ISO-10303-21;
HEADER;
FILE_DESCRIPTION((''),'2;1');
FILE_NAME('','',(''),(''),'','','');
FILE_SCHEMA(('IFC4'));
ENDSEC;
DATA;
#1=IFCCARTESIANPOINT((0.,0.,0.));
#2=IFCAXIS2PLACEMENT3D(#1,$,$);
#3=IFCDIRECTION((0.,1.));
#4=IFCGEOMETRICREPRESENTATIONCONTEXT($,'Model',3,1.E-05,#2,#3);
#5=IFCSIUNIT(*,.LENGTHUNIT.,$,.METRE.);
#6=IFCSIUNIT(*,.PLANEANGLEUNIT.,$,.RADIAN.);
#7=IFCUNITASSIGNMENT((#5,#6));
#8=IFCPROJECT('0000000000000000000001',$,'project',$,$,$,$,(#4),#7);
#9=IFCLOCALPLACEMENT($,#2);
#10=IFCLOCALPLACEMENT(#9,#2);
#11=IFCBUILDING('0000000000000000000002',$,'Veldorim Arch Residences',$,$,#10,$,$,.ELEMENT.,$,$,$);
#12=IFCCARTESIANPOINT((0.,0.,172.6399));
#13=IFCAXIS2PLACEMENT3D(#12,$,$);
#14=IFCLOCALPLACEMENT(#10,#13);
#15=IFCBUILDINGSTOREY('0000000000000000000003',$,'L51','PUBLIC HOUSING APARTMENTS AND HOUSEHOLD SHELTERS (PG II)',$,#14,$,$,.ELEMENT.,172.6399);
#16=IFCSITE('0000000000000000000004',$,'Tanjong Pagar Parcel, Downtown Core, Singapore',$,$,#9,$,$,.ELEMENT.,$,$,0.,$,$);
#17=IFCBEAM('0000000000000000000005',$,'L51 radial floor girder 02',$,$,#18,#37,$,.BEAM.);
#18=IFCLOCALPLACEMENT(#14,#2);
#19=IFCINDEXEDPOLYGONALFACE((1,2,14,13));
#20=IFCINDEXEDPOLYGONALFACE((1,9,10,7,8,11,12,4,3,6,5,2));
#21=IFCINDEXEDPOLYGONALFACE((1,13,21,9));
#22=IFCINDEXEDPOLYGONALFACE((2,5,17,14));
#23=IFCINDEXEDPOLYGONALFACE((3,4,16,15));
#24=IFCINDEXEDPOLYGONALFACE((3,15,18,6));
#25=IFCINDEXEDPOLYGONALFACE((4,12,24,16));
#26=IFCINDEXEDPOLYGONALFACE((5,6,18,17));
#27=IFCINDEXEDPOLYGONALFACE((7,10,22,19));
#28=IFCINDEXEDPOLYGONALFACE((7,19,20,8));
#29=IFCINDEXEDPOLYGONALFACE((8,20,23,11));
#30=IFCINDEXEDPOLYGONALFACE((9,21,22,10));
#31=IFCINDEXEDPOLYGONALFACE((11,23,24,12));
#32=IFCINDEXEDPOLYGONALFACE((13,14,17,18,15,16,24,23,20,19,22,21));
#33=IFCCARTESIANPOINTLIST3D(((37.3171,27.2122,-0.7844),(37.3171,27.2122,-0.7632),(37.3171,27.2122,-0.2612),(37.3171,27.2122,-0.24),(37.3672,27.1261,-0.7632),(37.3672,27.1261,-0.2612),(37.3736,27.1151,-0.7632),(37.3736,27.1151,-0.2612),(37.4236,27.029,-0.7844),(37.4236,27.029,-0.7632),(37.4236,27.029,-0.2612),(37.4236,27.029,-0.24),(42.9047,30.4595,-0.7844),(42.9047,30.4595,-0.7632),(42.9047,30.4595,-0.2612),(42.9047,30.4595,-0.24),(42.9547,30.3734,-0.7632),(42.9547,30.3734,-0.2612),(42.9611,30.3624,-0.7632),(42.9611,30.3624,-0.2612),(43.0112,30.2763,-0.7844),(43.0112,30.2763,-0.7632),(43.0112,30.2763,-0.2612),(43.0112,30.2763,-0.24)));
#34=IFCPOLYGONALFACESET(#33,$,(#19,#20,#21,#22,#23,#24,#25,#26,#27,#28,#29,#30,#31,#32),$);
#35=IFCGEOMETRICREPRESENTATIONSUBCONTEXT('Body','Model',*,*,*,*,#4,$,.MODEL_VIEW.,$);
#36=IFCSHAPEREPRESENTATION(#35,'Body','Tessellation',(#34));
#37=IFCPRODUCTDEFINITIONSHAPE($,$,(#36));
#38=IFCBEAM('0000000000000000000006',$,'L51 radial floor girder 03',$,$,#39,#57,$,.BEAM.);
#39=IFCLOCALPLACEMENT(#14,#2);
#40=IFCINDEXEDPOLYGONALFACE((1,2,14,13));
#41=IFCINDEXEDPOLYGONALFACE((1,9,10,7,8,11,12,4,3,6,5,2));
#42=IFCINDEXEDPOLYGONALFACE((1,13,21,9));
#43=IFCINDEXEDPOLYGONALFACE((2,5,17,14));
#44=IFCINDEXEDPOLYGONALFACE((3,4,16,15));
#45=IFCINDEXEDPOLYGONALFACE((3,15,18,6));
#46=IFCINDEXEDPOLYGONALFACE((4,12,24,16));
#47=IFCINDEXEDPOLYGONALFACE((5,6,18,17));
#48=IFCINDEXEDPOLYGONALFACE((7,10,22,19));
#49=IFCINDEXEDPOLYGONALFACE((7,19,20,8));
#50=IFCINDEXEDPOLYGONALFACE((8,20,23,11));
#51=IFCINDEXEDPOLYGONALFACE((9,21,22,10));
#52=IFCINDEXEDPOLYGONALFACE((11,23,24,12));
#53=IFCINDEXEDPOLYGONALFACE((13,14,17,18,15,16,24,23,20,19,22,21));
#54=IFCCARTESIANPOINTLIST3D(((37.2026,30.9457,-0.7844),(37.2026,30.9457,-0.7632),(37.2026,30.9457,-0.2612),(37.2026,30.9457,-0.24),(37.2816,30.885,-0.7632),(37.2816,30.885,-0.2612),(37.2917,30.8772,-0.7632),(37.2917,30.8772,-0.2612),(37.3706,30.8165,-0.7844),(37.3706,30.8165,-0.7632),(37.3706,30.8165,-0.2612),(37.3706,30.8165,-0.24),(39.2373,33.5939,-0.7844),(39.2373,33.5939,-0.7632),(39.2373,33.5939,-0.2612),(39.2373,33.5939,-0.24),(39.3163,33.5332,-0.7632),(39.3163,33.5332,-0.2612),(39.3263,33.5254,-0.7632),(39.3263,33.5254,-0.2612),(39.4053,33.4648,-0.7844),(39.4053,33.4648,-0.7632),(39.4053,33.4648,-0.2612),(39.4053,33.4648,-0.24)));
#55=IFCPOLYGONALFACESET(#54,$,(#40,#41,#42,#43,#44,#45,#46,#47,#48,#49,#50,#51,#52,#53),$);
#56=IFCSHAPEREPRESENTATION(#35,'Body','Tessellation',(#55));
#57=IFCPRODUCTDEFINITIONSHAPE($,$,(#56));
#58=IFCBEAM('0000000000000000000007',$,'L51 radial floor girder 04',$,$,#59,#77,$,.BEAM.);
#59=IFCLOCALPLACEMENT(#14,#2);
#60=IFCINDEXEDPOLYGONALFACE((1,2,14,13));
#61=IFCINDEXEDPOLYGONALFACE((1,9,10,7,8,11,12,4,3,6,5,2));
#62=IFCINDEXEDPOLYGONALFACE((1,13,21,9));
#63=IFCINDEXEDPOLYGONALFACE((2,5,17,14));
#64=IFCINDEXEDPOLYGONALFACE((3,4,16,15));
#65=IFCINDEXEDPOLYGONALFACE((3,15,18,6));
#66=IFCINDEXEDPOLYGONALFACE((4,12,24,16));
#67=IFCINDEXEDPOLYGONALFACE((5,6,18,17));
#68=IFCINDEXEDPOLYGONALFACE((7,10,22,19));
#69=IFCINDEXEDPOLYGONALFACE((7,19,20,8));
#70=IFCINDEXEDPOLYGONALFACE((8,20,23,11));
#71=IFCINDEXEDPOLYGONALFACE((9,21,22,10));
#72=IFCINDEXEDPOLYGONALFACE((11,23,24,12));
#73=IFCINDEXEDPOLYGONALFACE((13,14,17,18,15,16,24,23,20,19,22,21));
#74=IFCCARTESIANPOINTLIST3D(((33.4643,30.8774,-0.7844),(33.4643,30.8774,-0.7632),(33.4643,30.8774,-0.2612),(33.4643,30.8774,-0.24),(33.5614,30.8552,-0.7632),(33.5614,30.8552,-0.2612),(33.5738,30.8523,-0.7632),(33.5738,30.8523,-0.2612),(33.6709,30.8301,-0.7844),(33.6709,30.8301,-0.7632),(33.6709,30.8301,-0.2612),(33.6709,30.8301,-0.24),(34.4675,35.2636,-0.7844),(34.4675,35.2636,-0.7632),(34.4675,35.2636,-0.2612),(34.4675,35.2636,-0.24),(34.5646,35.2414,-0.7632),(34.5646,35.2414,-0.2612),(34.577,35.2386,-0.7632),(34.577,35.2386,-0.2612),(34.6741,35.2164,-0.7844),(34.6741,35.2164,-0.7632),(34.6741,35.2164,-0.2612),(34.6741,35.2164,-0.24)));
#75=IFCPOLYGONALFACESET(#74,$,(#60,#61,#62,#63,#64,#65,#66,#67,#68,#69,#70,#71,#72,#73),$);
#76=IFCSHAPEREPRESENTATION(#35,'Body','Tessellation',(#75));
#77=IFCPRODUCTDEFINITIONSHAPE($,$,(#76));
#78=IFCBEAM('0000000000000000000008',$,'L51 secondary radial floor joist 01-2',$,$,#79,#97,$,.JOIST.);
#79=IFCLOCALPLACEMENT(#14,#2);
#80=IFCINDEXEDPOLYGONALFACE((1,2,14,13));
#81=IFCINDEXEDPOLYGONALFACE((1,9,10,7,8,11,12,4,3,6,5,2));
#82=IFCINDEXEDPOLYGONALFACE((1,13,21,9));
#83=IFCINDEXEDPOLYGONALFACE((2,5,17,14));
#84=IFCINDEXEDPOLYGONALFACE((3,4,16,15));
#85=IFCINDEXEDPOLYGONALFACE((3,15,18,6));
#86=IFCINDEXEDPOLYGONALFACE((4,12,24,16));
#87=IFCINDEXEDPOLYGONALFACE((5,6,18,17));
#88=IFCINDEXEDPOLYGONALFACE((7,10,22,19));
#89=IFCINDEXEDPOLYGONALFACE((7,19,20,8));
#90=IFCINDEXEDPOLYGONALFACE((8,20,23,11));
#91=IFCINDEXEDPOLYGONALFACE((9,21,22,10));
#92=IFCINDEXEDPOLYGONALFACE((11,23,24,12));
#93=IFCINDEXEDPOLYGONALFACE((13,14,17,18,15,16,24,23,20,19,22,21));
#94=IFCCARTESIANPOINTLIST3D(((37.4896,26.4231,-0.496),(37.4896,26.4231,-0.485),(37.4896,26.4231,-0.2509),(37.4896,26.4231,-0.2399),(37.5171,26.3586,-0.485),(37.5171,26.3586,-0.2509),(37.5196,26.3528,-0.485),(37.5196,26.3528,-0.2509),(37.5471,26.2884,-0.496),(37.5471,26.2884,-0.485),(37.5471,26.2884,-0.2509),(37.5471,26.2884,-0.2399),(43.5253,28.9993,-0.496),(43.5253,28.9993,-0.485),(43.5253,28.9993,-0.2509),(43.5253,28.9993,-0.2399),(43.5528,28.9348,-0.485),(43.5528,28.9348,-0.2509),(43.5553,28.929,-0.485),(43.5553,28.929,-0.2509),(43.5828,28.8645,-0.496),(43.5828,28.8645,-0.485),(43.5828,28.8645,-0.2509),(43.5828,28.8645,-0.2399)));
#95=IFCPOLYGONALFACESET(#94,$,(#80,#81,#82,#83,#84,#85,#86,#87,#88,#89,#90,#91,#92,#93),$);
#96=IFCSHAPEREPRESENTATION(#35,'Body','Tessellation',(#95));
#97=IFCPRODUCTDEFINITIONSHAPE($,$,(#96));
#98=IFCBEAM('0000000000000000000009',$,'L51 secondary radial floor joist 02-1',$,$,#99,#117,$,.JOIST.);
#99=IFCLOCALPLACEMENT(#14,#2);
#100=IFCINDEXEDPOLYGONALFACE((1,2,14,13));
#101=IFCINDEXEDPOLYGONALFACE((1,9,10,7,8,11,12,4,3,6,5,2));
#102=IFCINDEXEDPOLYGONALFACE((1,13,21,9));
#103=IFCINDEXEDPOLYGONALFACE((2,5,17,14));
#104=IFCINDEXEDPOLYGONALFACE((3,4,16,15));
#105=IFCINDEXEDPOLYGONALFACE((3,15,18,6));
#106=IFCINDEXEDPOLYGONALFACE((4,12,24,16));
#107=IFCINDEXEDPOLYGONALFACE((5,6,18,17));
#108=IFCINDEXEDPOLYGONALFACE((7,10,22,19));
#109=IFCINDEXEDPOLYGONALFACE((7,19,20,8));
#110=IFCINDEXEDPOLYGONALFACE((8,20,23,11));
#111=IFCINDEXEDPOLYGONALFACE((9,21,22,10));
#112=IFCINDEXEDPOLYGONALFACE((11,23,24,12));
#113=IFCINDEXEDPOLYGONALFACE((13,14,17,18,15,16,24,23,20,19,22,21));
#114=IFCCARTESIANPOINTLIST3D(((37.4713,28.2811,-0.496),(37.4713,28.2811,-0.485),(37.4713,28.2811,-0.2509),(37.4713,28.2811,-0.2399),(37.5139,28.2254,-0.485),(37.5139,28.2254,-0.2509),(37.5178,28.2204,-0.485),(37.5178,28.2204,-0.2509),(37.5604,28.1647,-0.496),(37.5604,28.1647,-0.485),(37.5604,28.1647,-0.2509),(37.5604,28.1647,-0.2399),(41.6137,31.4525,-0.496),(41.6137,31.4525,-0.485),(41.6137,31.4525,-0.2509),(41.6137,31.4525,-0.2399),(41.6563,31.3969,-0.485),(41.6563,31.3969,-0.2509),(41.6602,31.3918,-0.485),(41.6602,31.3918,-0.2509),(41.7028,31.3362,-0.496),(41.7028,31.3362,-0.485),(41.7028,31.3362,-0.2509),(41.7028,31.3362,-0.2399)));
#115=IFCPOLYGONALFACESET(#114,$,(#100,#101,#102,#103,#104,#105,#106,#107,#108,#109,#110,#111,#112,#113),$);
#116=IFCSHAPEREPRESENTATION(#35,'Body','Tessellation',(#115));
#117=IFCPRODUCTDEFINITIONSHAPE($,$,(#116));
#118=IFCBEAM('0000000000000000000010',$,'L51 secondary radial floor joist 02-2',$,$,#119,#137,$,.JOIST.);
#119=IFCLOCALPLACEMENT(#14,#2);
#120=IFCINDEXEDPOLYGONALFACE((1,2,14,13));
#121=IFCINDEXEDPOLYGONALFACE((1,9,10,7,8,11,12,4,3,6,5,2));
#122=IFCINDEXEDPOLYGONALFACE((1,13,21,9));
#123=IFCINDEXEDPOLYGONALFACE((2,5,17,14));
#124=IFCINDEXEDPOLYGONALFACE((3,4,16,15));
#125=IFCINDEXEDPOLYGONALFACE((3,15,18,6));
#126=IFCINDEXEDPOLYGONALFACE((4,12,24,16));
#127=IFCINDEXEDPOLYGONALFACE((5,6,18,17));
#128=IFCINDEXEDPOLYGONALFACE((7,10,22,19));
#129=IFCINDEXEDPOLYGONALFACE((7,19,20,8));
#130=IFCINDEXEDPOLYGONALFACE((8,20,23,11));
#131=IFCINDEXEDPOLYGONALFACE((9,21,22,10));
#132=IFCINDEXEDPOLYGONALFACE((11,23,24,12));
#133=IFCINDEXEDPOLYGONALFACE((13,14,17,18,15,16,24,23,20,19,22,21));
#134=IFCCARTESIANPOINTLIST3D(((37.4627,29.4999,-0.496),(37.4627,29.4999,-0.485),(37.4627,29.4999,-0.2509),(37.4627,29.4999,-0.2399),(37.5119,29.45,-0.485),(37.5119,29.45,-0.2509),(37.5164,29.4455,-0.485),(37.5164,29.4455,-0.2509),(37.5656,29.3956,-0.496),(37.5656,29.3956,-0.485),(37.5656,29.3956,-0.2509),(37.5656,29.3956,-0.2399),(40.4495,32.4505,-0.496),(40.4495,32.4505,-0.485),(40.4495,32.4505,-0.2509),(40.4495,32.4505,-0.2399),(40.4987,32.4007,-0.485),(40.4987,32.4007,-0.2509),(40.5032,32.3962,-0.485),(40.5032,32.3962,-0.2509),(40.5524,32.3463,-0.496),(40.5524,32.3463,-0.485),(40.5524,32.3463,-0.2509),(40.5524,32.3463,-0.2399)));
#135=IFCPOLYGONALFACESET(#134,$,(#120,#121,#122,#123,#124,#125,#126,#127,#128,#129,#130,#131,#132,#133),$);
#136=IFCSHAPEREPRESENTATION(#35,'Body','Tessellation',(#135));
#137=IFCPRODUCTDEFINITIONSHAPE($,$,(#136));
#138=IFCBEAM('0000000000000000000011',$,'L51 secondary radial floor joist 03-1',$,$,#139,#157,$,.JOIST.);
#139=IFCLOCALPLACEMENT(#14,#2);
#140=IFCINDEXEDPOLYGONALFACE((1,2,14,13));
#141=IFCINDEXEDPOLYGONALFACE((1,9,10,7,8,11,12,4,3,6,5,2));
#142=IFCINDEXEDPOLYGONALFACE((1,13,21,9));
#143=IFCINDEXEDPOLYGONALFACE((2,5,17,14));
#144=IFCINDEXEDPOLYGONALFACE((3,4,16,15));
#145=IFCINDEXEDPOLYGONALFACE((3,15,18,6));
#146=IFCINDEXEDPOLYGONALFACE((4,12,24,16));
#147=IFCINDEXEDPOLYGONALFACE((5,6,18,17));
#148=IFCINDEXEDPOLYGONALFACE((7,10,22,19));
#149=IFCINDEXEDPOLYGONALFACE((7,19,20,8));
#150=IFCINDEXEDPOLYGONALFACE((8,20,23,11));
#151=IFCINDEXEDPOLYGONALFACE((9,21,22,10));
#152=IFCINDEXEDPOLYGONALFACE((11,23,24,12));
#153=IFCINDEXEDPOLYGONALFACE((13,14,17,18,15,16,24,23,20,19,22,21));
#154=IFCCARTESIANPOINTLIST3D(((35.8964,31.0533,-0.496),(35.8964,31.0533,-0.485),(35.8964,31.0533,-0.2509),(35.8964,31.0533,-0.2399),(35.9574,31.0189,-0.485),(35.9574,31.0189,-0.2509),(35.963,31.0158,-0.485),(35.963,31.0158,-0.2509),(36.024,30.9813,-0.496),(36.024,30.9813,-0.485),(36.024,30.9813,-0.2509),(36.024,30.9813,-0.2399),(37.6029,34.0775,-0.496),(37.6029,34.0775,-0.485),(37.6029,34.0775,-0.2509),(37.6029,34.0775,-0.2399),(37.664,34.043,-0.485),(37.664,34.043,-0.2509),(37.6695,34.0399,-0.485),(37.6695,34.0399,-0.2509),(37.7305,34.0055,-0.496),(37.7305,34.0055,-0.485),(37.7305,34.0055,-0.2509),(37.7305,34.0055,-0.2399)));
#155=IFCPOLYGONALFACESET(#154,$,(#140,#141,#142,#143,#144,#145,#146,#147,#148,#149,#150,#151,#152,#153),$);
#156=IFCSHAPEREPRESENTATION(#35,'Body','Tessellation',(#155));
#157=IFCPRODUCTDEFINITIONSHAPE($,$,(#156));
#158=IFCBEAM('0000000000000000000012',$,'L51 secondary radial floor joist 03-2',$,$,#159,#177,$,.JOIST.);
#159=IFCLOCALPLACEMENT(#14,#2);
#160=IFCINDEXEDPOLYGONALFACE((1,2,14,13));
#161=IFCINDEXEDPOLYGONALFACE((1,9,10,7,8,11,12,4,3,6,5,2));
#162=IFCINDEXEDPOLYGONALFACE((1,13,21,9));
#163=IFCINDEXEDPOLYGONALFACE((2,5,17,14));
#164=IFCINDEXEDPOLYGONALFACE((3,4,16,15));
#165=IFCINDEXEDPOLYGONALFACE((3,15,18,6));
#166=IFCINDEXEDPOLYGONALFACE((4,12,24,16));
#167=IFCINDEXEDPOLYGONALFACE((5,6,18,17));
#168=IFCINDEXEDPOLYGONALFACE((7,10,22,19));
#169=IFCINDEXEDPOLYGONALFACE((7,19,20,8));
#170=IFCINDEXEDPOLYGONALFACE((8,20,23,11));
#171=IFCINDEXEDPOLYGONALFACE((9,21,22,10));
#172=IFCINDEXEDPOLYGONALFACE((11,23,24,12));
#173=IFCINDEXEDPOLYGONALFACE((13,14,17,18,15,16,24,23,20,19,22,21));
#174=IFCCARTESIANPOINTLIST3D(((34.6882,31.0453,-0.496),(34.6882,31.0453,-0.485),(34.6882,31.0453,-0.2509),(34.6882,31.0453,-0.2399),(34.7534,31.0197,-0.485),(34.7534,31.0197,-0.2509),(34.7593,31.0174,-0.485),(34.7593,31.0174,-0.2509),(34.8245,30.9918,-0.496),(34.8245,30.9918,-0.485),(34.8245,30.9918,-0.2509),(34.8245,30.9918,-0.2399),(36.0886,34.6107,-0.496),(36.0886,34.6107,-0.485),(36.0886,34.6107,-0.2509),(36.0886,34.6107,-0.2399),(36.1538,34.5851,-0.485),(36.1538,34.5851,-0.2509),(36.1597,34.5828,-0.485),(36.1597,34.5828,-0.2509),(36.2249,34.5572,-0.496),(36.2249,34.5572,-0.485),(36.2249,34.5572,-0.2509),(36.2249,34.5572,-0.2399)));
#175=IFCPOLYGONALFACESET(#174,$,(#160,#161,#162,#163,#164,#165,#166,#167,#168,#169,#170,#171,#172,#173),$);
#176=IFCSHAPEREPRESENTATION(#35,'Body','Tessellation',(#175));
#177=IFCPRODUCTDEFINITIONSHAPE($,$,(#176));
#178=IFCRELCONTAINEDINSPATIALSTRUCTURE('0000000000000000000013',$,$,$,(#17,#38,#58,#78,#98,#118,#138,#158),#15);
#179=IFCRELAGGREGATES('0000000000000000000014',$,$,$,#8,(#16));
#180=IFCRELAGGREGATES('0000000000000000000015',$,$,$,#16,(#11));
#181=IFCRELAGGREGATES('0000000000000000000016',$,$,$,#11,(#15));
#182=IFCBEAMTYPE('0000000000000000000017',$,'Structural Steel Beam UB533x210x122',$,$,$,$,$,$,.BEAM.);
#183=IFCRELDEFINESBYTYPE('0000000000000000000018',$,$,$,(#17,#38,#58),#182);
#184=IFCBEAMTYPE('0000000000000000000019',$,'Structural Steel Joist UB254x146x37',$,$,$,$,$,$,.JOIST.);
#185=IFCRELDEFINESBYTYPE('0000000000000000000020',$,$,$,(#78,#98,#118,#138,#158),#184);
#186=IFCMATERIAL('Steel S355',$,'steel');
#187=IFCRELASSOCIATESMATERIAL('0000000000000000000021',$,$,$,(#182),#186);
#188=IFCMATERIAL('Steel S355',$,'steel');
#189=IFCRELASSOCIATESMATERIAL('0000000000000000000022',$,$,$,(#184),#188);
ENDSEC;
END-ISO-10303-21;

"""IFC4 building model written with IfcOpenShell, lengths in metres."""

from ifc_helpers import new_model, si_unit, direction, frame, origin, origin_2d, place, context, subcontext, project, spatial, i_section, extrude, material, material_profile, profile_set, type_object, element, save


model = new_model("IFC4")

# Units and contexts
model_context = context("Model", 3, precision=1e-05, world=origin(), true_north=direction((0.0, 1.0)))
body_context = subcontext(model_context, "Body", "Model", "MODEL_VIEW")
ifc_project = project(units=[si_unit("LENGTHUNIT", "METRE"), si_unit("PLANEANGLEUNIT", "RADIAN")], contexts=[model_context])

# Site, building, storey
site_placement = place(None, origin())
site = spatial("IfcSite", under=ifc_project, at=site_placement, Name="Tanjong Pagar Parcel, Downtown Core, Singapore", CompositionType="ELEMENT", RefElevation=0.0)
building_placement = place(site_placement, origin())
building = spatial("IfcBuilding", under=site, at=building_placement, Name="Veldorim Arch Residences", CompositionType="ELEMENT")
storey_placement = place(building_placement, frame((0.0, 0.0, 172.6399)))
storey = spatial("IfcBuildingStorey", under=building, at=storey_placement, Name="L51", Description="PUBLIC HOUSING APARTMENTS AND HOUSEHOLD SHELTERS (PG II)", CompositionType="ELEMENT", Elevation=172.6399)

# Beams
ifc_material_1 = material(Name="Steel S355", Category="steel")
ifc_material_profile_1 = material_profile(ifc_material_1, i_section(OverallWidth=0.2119, OverallDepth=0.5444, WebThickness=0.0127, FlangeThickness=0.0212, at=origin_2d()), Name="UB533x210x122")
ifc_profile_set_1 = profile_set([ifc_material_profile_1], Name="Steel S355")
beam_type_1 = type_object("IfcBeamType", Name="Structural Steel Beam UB533x210x122", PredefinedType="BEAM", material=ifc_profile_set_1)
beam_1_placement = place(storey_placement, frame((37.3704, 27.1206, -0.5122), z_axis=(0.864596, 0.502468, 0.0), x_axis=(-0.502468, 0.864596, 0.0)))
element("IfcBeam", 1, at=beam_1_placement, inside=storey, type_object=beam_type_1, Name="L51 radial floor girder 02", PredefinedType="BEAM", context=body_context, shape_type="SweptSolid", body=[
    extrude(i_section(OverallWidth=0.2119, OverallDepth=0.5444, WebThickness=0.0127, FlangeThickness=0.0212, at=origin_2d()), origin(), (0.0, 0.0, 1.0), 6.4626),
])
beam_2_placement = place(storey_placement, frame((37.2866, 30.8811, -0.5122), z_axis=(0.609258, 0.792972, 0.0), x_axis=(-0.792972, 0.609258, 0.0)))
element("IfcBeam", 2, at=beam_2_placement, inside=storey, type_object=beam_type_1, Name="L51 radial floor girder 03", PredefinedType="BEAM", context=body_context, shape_type="SweptSolid", body=[
    extrude(i_section(OverallWidth=0.2119, OverallDepth=0.5444, WebThickness=0.0127, FlangeThickness=0.0212, at=origin_2d()), origin(), (0.0, 0.0, 1.0), 3.3396),
])
beam_3_placement = place(storey_placement, frame((33.5676, 30.8538, -0.5122), z_axis=(0.222953, 0.974829, 0.0), x_axis=(-0.974829, 0.222953, 0.0)))
element("IfcBeam", 3, at=beam_3_placement, inside=storey, type_object=beam_type_1, Name="L51 radial floor girder 04", PredefinedType="BEAM", context=body_context, shape_type="SweptSolid", body=[
    extrude(i_section(OverallWidth=0.2119, OverallDepth=0.5444, WebThickness=0.0127, FlangeThickness=0.0212, at=origin_2d()), origin(), (0.0, 0.0, 1.0), 4.4995),
])
ifc_material_2 = material(Name="Steel S355", Category="steel")
ifc_material_profile_2 = material_profile(ifc_material_2, i_section(OverallWidth=0.1465, OverallDepth=0.2561, WebThickness=0.0063, FlangeThickness=0.011, at=origin_2d()), Name="UB254x146x37")
ifc_profile_set_2 = profile_set([ifc_material_profile_2], Name="Steel S355")
beam_type_2 = type_object("IfcBeamType", Name="Structural Steel Joist UB254x146x37", PredefinedType="JOIST", material=ifc_profile_set_2)
beam_4_placement = place(storey_placement, frame((37.5183, 26.3557, -0.3679), z_axis=(0.919725, 0.392563, 0.0), x_axis=(-0.392563, 0.919725, 0.0)))
element("IfcBeam", 4, at=beam_4_placement, inside=storey, type_object=beam_type_2, Name="L51 secondary radial floor joist 01-2", PredefinedType="JOIST", context=body_context, shape_type="SweptSolid", body=[
    extrude(i_section(OverallWidth=0.1465, OverallDepth=0.2561, WebThickness=0.0063, FlangeThickness=0.011, at=origin_2d()), origin(), (0.0, 0.0, 1.0), 6.5625),
])
beam_5_placement = place(storey_placement, frame((37.5159, 28.2229, -0.3679), z_axis=(0.794014, 0.6079, 0.0), x_axis=(-0.6079, 0.794014, 0.0)))
element("IfcBeam", 5, at=beam_5_placement, inside=storey, type_object=beam_type_2, Name="L51 secondary radial floor joist 02-1", PredefinedType="JOIST", context=body_context, shape_type="SweptSolid", body=[
    extrude(i_section(OverallWidth=0.1465, OverallDepth=0.2561, WebThickness=0.0063, FlangeThickness=0.011, at=origin_2d()), origin(), (0.0, 0.0, 1.0), 5.217),
])
beam_6_placement = place(storey_placement, frame((37.5142, 29.4478, -0.3679), z_axis=(0.711397, 0.702791, 0.0), x_axis=(-0.702791, 0.711397, 0.0)))
element("IfcBeam", 6, at=beam_6_placement, inside=storey, type_object=beam_type_2, Name="L51 secondary radial floor joist 02-2", PredefinedType="JOIST", context=body_context, shape_type="SweptSolid", body=[
    extrude(i_section(OverallWidth=0.1465, OverallDepth=0.2561, WebThickness=0.0063, FlangeThickness=0.011, at=origin_2d()), origin(), (0.0, 0.0, 1.0), 4.1985),
])
beam_7_placement = place(storey_placement, frame((35.9602, 31.0173, -0.3679), z_axis=(0.491452, 0.870904, 0.0), x_axis=(-0.870904, 0.491452, 0.0)))
element("IfcBeam", 7, at=beam_7_placement, inside=storey, type_object=beam_type_2, Name="L51 secondary radial floor joist 03-1", PredefinedType="JOIST", context=body_context, shape_type="SweptSolid", body=[
    extrude(i_section(OverallWidth=0.1465, OverallDepth=0.2561, WebThickness=0.0063, FlangeThickness=0.011, at=origin_2d()), origin(), (0.0, 0.0, 1.0), 3.4724),
])
beam_8_placement = place(storey_placement, frame((34.7563, 31.0186, -0.3679), z_axis=(0.365581, 0.930779, 0.0), x_axis=(-0.930779, 0.365581, 0.0)))
element("IfcBeam", 8, at=beam_8_placement, inside=storey, type_object=beam_type_2, Name="L51 secondary radial floor joist 03-2", PredefinedType="JOIST", context=body_context, shape_type="SweptSolid", body=[
    extrude(i_section(OverallWidth=0.1465, OverallDepth=0.2561, WebThickness=0.0063, FlangeThickness=0.011, at=origin_2d()), origin(), (0.0, 0.0, 1.0), 3.8306),
])

save(model, "model.ifc")
